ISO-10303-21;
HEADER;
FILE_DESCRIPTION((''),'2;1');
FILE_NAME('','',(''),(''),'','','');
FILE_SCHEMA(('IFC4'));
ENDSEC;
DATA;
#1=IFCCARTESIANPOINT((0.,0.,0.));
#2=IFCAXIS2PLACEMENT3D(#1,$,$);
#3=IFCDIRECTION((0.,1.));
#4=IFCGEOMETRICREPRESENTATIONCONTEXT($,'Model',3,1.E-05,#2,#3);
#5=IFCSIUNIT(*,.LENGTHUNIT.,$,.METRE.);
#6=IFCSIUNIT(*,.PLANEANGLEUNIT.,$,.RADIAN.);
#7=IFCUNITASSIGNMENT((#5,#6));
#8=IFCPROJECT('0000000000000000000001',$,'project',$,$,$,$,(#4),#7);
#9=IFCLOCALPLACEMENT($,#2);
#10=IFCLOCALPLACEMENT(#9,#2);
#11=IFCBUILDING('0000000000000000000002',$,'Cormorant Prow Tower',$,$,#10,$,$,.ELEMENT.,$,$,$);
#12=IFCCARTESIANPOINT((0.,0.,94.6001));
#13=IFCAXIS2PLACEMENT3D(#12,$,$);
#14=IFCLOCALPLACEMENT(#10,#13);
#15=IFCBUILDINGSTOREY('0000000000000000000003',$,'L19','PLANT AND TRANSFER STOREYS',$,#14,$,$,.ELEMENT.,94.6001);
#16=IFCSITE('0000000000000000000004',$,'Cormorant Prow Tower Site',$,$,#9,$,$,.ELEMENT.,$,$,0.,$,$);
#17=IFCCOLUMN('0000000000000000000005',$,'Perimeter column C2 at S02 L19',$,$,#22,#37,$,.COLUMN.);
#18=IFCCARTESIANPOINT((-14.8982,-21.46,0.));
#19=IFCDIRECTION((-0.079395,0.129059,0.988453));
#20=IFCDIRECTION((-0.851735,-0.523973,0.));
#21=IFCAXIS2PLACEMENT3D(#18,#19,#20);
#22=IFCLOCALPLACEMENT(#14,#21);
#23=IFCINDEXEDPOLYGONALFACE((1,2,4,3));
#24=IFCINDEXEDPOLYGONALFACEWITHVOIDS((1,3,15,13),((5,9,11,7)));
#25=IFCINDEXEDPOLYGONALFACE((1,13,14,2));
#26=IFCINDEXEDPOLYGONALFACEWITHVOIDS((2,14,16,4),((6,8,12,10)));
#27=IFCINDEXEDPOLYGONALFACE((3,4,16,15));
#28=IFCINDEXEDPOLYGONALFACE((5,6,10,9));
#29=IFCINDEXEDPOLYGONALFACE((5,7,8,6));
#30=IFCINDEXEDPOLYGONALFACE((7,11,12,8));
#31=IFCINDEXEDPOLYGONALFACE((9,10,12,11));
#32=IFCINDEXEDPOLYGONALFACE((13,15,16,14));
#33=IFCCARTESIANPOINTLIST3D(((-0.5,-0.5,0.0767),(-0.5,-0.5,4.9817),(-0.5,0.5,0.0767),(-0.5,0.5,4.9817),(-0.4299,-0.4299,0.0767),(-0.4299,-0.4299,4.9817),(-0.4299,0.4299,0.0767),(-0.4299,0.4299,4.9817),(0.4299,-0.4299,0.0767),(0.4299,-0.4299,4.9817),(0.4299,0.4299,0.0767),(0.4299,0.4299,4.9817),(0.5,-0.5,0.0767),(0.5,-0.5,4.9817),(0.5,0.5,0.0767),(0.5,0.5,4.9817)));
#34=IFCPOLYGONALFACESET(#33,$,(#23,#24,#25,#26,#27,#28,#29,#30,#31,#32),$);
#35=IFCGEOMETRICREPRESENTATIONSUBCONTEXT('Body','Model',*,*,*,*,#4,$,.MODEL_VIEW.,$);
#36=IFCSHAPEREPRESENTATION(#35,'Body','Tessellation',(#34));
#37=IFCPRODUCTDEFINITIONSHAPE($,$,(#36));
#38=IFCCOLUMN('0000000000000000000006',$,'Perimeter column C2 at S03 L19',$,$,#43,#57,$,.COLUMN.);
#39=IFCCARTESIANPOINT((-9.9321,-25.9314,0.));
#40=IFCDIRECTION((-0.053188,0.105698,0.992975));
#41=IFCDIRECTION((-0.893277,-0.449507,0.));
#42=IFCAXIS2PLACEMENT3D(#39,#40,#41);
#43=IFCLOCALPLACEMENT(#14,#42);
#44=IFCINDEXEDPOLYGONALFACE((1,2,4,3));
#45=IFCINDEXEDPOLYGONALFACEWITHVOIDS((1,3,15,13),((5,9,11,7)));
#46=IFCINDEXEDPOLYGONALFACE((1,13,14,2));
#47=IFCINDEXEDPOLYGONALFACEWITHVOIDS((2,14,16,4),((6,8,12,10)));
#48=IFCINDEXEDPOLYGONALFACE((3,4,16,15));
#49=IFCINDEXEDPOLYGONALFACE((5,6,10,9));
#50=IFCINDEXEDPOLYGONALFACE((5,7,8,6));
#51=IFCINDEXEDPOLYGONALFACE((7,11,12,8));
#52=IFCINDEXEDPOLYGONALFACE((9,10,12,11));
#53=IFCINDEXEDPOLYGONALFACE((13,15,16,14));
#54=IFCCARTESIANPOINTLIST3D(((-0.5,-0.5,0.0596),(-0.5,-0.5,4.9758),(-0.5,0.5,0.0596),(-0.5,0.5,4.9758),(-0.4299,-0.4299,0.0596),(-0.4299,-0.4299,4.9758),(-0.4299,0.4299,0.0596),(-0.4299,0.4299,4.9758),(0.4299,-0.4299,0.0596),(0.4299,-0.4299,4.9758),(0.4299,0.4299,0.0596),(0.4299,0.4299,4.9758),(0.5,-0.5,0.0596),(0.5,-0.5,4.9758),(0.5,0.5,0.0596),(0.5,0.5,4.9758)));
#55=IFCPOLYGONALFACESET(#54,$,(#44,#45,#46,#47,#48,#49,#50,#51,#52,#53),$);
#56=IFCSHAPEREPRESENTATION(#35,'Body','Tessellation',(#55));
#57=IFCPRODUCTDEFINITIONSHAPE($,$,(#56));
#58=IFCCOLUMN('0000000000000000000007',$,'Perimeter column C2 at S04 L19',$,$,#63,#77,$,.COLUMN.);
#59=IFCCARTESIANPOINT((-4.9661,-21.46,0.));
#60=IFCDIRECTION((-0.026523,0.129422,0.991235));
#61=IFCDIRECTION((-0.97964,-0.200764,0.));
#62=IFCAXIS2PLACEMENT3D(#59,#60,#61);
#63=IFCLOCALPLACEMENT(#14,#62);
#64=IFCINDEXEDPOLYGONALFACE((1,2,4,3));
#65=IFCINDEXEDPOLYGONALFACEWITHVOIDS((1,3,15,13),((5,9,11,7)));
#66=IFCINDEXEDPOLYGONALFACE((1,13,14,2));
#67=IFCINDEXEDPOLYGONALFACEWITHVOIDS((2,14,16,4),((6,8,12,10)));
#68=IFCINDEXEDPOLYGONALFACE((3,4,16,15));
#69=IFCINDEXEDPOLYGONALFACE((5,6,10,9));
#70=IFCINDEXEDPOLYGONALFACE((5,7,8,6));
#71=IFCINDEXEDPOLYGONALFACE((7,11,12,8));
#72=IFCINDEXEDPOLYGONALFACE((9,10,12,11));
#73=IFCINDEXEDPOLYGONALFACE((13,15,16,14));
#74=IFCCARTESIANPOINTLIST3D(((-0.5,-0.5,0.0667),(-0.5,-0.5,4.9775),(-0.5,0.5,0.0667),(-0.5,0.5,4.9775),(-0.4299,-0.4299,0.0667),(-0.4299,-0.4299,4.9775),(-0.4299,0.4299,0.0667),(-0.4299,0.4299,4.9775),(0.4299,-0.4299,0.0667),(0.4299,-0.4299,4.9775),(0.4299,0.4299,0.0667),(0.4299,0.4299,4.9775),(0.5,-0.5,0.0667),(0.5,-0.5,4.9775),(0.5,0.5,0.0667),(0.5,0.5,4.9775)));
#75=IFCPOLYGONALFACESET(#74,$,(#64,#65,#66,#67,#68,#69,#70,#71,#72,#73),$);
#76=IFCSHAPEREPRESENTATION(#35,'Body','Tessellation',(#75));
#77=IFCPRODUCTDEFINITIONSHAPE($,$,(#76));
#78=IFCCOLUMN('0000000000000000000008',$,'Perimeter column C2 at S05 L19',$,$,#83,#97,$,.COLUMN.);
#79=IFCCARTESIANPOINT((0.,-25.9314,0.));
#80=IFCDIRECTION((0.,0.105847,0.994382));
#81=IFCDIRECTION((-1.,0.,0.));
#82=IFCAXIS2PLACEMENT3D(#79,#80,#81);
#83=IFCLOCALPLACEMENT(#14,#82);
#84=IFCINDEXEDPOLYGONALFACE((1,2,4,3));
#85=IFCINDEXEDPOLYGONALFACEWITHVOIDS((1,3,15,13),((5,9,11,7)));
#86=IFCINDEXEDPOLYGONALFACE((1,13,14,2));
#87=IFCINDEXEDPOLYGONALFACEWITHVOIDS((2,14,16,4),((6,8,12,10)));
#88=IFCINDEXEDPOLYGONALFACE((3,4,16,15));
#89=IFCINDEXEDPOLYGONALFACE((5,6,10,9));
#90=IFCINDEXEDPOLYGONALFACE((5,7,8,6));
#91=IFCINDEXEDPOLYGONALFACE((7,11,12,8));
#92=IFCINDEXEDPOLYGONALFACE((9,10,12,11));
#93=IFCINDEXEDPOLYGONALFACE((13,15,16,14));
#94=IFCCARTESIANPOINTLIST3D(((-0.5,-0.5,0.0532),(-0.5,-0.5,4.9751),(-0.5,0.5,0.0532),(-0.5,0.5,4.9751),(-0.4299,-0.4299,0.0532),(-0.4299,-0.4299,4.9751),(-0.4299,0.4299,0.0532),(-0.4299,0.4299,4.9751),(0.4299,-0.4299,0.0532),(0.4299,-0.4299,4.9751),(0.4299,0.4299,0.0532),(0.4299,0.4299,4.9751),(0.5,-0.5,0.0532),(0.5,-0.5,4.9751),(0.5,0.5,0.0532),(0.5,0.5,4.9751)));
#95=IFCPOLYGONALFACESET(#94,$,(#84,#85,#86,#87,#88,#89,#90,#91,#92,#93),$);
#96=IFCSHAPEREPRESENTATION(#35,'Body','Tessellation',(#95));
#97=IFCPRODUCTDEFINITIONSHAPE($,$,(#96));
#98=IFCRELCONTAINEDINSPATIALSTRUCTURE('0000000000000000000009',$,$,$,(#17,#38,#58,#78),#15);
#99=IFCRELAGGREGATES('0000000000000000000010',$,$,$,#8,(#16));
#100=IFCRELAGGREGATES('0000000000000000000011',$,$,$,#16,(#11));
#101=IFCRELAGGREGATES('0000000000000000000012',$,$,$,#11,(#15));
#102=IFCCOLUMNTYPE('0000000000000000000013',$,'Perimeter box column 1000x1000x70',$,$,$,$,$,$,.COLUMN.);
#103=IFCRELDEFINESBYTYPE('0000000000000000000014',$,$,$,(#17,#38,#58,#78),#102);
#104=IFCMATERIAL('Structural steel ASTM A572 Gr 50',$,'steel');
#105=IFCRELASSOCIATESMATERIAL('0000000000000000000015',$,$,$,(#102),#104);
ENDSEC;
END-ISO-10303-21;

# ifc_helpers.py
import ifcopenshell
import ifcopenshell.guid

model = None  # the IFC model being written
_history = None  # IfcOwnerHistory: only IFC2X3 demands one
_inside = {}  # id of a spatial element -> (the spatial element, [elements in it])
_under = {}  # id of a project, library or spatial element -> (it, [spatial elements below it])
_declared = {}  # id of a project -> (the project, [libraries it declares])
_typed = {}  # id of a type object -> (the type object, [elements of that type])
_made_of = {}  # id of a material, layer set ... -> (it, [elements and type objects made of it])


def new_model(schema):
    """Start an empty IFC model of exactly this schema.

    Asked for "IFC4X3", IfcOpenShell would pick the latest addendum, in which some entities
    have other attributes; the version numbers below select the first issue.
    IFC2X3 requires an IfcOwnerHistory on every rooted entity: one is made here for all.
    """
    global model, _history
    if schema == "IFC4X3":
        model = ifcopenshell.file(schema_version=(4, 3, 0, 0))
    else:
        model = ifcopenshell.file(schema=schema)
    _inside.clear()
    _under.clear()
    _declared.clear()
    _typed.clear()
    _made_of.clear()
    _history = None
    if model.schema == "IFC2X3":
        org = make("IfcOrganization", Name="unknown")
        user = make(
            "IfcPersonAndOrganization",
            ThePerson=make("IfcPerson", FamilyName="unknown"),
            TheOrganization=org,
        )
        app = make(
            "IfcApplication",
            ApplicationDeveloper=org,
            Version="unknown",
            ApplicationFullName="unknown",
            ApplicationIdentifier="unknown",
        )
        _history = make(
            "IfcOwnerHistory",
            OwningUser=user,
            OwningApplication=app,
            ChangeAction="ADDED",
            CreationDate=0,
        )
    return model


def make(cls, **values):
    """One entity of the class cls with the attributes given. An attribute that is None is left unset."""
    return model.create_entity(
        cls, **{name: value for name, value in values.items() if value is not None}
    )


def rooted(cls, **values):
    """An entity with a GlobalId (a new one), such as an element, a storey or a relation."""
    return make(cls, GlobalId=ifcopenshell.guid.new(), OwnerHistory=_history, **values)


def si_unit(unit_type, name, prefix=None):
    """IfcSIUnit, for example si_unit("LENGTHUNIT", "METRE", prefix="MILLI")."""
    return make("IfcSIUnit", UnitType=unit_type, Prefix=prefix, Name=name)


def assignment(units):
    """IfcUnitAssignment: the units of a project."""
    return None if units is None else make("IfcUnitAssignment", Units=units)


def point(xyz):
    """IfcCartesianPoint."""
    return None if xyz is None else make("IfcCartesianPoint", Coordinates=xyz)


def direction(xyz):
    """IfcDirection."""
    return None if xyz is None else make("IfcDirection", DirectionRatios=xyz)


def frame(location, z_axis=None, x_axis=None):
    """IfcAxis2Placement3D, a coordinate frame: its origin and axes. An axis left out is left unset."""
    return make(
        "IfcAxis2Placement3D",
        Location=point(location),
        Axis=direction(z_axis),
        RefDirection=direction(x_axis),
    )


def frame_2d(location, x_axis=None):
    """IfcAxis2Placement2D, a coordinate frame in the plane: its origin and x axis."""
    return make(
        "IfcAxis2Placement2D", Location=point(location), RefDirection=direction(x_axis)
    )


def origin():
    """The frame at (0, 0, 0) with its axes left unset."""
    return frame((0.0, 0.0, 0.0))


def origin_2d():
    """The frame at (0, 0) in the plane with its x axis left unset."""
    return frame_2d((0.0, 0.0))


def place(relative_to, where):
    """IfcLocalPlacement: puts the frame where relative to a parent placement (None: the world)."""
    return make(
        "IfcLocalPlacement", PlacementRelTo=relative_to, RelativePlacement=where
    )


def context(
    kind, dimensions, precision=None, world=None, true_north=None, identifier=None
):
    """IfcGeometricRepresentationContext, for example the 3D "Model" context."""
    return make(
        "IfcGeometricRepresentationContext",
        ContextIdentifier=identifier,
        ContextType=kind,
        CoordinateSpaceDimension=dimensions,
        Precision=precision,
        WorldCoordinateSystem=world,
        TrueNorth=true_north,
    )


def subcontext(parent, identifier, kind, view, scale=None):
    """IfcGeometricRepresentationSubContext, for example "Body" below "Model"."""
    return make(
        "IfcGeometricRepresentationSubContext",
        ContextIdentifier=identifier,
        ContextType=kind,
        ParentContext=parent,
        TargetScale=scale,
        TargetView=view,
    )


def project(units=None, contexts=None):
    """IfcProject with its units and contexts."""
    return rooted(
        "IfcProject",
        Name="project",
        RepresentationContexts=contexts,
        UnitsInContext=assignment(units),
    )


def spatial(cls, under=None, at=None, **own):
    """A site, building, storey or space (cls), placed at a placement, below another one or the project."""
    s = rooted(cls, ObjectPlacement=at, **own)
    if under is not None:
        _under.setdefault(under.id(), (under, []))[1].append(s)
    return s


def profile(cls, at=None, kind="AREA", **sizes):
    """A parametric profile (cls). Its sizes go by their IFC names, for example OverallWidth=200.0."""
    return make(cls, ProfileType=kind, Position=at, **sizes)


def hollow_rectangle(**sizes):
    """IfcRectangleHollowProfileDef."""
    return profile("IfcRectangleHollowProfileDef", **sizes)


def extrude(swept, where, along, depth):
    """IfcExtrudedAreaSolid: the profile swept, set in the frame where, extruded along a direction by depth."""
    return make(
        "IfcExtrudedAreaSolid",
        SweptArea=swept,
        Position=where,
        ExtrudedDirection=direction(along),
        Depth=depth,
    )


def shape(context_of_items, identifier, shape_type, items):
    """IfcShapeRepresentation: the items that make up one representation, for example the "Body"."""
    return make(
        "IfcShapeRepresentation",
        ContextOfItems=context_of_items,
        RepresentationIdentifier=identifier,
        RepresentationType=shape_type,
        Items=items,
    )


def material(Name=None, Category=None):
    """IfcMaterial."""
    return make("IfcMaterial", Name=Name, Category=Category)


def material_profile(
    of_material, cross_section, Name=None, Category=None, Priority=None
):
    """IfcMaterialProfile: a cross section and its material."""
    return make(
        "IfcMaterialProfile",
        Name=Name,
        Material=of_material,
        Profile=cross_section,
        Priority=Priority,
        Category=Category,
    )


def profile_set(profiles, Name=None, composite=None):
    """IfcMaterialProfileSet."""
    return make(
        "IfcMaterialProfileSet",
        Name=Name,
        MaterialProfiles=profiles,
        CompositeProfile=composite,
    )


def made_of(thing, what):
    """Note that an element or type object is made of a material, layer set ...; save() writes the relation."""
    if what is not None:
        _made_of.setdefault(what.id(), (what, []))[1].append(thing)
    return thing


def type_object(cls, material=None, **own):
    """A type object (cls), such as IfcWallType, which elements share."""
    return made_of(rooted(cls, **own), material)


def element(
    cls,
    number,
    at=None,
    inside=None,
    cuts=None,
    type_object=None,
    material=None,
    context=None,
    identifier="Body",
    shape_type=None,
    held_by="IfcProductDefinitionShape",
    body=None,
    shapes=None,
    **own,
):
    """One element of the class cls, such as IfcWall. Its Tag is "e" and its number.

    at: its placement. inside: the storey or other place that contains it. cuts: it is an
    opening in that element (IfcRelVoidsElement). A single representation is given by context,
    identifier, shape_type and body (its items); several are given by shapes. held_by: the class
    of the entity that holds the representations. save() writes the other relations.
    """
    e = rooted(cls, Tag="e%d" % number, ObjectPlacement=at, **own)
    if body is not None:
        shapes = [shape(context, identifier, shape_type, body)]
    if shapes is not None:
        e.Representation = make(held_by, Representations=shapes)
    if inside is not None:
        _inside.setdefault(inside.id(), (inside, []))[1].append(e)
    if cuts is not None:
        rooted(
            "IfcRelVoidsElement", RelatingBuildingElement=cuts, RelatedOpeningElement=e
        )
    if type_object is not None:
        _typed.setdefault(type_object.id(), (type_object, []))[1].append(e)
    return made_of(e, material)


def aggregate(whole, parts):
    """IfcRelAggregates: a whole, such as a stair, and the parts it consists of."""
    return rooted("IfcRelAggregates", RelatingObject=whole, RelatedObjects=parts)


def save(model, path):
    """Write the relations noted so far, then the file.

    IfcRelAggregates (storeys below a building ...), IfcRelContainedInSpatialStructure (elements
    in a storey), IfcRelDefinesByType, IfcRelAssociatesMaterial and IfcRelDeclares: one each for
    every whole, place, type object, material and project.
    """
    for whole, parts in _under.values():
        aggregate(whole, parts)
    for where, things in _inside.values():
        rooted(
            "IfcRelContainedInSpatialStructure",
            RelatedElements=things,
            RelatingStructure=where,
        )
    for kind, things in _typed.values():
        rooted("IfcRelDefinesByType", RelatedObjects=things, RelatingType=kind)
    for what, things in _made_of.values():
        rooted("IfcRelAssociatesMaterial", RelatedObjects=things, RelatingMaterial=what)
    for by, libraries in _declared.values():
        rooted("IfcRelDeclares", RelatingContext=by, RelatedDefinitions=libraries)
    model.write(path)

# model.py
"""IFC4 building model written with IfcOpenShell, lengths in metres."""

from ifc_helpers import new_model, si_unit, direction, frame, origin, origin_2d, place, context, subcontext, project, spatial, hollow_rectangle, extrude, material, material_profile, profile_set, type_object, element, save


model = new_model("IFC4")

# Units and contexts
model_context = context("Model", 3, precision=1e-05, world=origin(), true_north=direction((0.0, 1.0)))
body_context = subcontext(model_context, "Body", "Model", "MODEL_VIEW")
ifc_project = project(units=[si_unit("LENGTHUNIT", "METRE"), si_unit("PLANEANGLEUNIT", "RADIAN")], contexts=[model_context])

# Site, building, storey
site_placement = place(None, origin())
site = spatial("IfcSite", under=ifc_project, at=site_placement, Name="Cormorant Prow Tower Site", CompositionType="ELEMENT", RefElevation=0.0)
building_placement = place(site_placement, origin())
building = spatial("IfcBuilding", under=site, at=building_placement, Name="Cormorant Prow Tower", CompositionType="ELEMENT")
storey_placement = place(building_placement, frame((0.0, 0.0, 94.6001)))
storey = spatial("IfcBuildingStorey", under=building, at=storey_placement, Name="L19", Description="PLANT AND TRANSFER STOREYS", CompositionType="ELEMENT", Elevation=94.6001)

# Columns
ifc_material_1 = material(Name="Structural steel ASTM A572 Gr 50", Category="steel")
ifc_material_profile_1 = material_profile(ifc_material_1, hollow_rectangle(XDim=1.0, YDim=1.0, WallThickness=0.0701, at=origin_2d()), Name="Box 1000x1000x70")
ifc_profile_set_1 = profile_set([ifc_material_profile_1], Name="Structural steel ASTM A572 Gr 50")
column_type = type_object("IfcColumnType", Name="Perimeter box column 1000x1000x70", PredefinedType="COLUMN", material=ifc_profile_set_1)
column_1_placement = place(storey_placement, frame((-14.8982, -21.46, 0.0), z_axis=(-0.079395, 0.129059, 0.988453), x_axis=(-0.851735, -0.523973, 0.0)))
element("IfcColumn", 1, at=column_1_placement, inside=storey, type_object=column_type, Name="Perimeter column C2 at S02 L19", PredefinedType="COLUMN", context=body_context, shape_type="SweptSolid", body=[
    extrude(hollow_rectangle(XDim=1.0, YDim=1.0, WallThickness=0.0701, at=origin_2d()), frame((0.0, 0.0, 0.0767)), (0.0, 0.0, 1.0), 4.905),
])
column_2_placement = place(storey_placement, frame((-9.9321, -25.9314, 0.0), z_axis=(-0.053188, 0.105698, 0.992975), x_axis=(-0.893277, -0.449507, 0.0)))
element("IfcColumn", 2, at=column_2_placement, inside=storey, type_object=column_type, Name="Perimeter column C2 at S03 L19", PredefinedType="COLUMN", context=body_context, shape_type="SweptSolid", body=[
    extrude(hollow_rectangle(XDim=1.0, YDim=1.0, WallThickness=0.0701, at=origin_2d()), frame((0.0, 0.0, 0.0596)), (0.0, 0.0, 1.0), 4.9163),
])
column_3_placement = place(storey_placement, frame((-4.9661, -21.46, 0.0), z_axis=(-0.026523, 0.129422, 0.991235), x_axis=(-0.97964, -0.200764, 0.0)))
element("IfcColumn", 3, at=column_3_placement, inside=storey, type_object=column_type, Name="Perimeter column C2 at S04 L19", PredefinedType="COLUMN", context=body_context, shape_type="SweptSolid", body=[
    extrude(hollow_rectangle(XDim=1.0, YDim=1.0, WallThickness=0.0701, at=origin_2d()), frame((0.0, 0.0, 0.0667)), (0.0, 0.0, 1.0), 4.9109),
])
column_4_placement = place(storey_placement, frame((0.0, -25.9314, 0.0), z_axis=(0.0, 0.105847, 0.994382), x_axis=(-1.0, 0.0, 0.0)))
element("IfcColumn", 4, at=column_4_placement, inside=storey, type_object=column_type, Name="Perimeter column C2 at S05 L19", PredefinedType="COLUMN", context=body_context, shape_type="SweptSolid", body=[
    extrude(hollow_rectangle(XDim=1.0, YDim=1.0, WallThickness=0.0701, at=origin_2d()), frame((0.0, 0.0, 0.0532)), (0.0, 0.0, 1.0), 4.9219),
])

save(model, "model.ifc")
